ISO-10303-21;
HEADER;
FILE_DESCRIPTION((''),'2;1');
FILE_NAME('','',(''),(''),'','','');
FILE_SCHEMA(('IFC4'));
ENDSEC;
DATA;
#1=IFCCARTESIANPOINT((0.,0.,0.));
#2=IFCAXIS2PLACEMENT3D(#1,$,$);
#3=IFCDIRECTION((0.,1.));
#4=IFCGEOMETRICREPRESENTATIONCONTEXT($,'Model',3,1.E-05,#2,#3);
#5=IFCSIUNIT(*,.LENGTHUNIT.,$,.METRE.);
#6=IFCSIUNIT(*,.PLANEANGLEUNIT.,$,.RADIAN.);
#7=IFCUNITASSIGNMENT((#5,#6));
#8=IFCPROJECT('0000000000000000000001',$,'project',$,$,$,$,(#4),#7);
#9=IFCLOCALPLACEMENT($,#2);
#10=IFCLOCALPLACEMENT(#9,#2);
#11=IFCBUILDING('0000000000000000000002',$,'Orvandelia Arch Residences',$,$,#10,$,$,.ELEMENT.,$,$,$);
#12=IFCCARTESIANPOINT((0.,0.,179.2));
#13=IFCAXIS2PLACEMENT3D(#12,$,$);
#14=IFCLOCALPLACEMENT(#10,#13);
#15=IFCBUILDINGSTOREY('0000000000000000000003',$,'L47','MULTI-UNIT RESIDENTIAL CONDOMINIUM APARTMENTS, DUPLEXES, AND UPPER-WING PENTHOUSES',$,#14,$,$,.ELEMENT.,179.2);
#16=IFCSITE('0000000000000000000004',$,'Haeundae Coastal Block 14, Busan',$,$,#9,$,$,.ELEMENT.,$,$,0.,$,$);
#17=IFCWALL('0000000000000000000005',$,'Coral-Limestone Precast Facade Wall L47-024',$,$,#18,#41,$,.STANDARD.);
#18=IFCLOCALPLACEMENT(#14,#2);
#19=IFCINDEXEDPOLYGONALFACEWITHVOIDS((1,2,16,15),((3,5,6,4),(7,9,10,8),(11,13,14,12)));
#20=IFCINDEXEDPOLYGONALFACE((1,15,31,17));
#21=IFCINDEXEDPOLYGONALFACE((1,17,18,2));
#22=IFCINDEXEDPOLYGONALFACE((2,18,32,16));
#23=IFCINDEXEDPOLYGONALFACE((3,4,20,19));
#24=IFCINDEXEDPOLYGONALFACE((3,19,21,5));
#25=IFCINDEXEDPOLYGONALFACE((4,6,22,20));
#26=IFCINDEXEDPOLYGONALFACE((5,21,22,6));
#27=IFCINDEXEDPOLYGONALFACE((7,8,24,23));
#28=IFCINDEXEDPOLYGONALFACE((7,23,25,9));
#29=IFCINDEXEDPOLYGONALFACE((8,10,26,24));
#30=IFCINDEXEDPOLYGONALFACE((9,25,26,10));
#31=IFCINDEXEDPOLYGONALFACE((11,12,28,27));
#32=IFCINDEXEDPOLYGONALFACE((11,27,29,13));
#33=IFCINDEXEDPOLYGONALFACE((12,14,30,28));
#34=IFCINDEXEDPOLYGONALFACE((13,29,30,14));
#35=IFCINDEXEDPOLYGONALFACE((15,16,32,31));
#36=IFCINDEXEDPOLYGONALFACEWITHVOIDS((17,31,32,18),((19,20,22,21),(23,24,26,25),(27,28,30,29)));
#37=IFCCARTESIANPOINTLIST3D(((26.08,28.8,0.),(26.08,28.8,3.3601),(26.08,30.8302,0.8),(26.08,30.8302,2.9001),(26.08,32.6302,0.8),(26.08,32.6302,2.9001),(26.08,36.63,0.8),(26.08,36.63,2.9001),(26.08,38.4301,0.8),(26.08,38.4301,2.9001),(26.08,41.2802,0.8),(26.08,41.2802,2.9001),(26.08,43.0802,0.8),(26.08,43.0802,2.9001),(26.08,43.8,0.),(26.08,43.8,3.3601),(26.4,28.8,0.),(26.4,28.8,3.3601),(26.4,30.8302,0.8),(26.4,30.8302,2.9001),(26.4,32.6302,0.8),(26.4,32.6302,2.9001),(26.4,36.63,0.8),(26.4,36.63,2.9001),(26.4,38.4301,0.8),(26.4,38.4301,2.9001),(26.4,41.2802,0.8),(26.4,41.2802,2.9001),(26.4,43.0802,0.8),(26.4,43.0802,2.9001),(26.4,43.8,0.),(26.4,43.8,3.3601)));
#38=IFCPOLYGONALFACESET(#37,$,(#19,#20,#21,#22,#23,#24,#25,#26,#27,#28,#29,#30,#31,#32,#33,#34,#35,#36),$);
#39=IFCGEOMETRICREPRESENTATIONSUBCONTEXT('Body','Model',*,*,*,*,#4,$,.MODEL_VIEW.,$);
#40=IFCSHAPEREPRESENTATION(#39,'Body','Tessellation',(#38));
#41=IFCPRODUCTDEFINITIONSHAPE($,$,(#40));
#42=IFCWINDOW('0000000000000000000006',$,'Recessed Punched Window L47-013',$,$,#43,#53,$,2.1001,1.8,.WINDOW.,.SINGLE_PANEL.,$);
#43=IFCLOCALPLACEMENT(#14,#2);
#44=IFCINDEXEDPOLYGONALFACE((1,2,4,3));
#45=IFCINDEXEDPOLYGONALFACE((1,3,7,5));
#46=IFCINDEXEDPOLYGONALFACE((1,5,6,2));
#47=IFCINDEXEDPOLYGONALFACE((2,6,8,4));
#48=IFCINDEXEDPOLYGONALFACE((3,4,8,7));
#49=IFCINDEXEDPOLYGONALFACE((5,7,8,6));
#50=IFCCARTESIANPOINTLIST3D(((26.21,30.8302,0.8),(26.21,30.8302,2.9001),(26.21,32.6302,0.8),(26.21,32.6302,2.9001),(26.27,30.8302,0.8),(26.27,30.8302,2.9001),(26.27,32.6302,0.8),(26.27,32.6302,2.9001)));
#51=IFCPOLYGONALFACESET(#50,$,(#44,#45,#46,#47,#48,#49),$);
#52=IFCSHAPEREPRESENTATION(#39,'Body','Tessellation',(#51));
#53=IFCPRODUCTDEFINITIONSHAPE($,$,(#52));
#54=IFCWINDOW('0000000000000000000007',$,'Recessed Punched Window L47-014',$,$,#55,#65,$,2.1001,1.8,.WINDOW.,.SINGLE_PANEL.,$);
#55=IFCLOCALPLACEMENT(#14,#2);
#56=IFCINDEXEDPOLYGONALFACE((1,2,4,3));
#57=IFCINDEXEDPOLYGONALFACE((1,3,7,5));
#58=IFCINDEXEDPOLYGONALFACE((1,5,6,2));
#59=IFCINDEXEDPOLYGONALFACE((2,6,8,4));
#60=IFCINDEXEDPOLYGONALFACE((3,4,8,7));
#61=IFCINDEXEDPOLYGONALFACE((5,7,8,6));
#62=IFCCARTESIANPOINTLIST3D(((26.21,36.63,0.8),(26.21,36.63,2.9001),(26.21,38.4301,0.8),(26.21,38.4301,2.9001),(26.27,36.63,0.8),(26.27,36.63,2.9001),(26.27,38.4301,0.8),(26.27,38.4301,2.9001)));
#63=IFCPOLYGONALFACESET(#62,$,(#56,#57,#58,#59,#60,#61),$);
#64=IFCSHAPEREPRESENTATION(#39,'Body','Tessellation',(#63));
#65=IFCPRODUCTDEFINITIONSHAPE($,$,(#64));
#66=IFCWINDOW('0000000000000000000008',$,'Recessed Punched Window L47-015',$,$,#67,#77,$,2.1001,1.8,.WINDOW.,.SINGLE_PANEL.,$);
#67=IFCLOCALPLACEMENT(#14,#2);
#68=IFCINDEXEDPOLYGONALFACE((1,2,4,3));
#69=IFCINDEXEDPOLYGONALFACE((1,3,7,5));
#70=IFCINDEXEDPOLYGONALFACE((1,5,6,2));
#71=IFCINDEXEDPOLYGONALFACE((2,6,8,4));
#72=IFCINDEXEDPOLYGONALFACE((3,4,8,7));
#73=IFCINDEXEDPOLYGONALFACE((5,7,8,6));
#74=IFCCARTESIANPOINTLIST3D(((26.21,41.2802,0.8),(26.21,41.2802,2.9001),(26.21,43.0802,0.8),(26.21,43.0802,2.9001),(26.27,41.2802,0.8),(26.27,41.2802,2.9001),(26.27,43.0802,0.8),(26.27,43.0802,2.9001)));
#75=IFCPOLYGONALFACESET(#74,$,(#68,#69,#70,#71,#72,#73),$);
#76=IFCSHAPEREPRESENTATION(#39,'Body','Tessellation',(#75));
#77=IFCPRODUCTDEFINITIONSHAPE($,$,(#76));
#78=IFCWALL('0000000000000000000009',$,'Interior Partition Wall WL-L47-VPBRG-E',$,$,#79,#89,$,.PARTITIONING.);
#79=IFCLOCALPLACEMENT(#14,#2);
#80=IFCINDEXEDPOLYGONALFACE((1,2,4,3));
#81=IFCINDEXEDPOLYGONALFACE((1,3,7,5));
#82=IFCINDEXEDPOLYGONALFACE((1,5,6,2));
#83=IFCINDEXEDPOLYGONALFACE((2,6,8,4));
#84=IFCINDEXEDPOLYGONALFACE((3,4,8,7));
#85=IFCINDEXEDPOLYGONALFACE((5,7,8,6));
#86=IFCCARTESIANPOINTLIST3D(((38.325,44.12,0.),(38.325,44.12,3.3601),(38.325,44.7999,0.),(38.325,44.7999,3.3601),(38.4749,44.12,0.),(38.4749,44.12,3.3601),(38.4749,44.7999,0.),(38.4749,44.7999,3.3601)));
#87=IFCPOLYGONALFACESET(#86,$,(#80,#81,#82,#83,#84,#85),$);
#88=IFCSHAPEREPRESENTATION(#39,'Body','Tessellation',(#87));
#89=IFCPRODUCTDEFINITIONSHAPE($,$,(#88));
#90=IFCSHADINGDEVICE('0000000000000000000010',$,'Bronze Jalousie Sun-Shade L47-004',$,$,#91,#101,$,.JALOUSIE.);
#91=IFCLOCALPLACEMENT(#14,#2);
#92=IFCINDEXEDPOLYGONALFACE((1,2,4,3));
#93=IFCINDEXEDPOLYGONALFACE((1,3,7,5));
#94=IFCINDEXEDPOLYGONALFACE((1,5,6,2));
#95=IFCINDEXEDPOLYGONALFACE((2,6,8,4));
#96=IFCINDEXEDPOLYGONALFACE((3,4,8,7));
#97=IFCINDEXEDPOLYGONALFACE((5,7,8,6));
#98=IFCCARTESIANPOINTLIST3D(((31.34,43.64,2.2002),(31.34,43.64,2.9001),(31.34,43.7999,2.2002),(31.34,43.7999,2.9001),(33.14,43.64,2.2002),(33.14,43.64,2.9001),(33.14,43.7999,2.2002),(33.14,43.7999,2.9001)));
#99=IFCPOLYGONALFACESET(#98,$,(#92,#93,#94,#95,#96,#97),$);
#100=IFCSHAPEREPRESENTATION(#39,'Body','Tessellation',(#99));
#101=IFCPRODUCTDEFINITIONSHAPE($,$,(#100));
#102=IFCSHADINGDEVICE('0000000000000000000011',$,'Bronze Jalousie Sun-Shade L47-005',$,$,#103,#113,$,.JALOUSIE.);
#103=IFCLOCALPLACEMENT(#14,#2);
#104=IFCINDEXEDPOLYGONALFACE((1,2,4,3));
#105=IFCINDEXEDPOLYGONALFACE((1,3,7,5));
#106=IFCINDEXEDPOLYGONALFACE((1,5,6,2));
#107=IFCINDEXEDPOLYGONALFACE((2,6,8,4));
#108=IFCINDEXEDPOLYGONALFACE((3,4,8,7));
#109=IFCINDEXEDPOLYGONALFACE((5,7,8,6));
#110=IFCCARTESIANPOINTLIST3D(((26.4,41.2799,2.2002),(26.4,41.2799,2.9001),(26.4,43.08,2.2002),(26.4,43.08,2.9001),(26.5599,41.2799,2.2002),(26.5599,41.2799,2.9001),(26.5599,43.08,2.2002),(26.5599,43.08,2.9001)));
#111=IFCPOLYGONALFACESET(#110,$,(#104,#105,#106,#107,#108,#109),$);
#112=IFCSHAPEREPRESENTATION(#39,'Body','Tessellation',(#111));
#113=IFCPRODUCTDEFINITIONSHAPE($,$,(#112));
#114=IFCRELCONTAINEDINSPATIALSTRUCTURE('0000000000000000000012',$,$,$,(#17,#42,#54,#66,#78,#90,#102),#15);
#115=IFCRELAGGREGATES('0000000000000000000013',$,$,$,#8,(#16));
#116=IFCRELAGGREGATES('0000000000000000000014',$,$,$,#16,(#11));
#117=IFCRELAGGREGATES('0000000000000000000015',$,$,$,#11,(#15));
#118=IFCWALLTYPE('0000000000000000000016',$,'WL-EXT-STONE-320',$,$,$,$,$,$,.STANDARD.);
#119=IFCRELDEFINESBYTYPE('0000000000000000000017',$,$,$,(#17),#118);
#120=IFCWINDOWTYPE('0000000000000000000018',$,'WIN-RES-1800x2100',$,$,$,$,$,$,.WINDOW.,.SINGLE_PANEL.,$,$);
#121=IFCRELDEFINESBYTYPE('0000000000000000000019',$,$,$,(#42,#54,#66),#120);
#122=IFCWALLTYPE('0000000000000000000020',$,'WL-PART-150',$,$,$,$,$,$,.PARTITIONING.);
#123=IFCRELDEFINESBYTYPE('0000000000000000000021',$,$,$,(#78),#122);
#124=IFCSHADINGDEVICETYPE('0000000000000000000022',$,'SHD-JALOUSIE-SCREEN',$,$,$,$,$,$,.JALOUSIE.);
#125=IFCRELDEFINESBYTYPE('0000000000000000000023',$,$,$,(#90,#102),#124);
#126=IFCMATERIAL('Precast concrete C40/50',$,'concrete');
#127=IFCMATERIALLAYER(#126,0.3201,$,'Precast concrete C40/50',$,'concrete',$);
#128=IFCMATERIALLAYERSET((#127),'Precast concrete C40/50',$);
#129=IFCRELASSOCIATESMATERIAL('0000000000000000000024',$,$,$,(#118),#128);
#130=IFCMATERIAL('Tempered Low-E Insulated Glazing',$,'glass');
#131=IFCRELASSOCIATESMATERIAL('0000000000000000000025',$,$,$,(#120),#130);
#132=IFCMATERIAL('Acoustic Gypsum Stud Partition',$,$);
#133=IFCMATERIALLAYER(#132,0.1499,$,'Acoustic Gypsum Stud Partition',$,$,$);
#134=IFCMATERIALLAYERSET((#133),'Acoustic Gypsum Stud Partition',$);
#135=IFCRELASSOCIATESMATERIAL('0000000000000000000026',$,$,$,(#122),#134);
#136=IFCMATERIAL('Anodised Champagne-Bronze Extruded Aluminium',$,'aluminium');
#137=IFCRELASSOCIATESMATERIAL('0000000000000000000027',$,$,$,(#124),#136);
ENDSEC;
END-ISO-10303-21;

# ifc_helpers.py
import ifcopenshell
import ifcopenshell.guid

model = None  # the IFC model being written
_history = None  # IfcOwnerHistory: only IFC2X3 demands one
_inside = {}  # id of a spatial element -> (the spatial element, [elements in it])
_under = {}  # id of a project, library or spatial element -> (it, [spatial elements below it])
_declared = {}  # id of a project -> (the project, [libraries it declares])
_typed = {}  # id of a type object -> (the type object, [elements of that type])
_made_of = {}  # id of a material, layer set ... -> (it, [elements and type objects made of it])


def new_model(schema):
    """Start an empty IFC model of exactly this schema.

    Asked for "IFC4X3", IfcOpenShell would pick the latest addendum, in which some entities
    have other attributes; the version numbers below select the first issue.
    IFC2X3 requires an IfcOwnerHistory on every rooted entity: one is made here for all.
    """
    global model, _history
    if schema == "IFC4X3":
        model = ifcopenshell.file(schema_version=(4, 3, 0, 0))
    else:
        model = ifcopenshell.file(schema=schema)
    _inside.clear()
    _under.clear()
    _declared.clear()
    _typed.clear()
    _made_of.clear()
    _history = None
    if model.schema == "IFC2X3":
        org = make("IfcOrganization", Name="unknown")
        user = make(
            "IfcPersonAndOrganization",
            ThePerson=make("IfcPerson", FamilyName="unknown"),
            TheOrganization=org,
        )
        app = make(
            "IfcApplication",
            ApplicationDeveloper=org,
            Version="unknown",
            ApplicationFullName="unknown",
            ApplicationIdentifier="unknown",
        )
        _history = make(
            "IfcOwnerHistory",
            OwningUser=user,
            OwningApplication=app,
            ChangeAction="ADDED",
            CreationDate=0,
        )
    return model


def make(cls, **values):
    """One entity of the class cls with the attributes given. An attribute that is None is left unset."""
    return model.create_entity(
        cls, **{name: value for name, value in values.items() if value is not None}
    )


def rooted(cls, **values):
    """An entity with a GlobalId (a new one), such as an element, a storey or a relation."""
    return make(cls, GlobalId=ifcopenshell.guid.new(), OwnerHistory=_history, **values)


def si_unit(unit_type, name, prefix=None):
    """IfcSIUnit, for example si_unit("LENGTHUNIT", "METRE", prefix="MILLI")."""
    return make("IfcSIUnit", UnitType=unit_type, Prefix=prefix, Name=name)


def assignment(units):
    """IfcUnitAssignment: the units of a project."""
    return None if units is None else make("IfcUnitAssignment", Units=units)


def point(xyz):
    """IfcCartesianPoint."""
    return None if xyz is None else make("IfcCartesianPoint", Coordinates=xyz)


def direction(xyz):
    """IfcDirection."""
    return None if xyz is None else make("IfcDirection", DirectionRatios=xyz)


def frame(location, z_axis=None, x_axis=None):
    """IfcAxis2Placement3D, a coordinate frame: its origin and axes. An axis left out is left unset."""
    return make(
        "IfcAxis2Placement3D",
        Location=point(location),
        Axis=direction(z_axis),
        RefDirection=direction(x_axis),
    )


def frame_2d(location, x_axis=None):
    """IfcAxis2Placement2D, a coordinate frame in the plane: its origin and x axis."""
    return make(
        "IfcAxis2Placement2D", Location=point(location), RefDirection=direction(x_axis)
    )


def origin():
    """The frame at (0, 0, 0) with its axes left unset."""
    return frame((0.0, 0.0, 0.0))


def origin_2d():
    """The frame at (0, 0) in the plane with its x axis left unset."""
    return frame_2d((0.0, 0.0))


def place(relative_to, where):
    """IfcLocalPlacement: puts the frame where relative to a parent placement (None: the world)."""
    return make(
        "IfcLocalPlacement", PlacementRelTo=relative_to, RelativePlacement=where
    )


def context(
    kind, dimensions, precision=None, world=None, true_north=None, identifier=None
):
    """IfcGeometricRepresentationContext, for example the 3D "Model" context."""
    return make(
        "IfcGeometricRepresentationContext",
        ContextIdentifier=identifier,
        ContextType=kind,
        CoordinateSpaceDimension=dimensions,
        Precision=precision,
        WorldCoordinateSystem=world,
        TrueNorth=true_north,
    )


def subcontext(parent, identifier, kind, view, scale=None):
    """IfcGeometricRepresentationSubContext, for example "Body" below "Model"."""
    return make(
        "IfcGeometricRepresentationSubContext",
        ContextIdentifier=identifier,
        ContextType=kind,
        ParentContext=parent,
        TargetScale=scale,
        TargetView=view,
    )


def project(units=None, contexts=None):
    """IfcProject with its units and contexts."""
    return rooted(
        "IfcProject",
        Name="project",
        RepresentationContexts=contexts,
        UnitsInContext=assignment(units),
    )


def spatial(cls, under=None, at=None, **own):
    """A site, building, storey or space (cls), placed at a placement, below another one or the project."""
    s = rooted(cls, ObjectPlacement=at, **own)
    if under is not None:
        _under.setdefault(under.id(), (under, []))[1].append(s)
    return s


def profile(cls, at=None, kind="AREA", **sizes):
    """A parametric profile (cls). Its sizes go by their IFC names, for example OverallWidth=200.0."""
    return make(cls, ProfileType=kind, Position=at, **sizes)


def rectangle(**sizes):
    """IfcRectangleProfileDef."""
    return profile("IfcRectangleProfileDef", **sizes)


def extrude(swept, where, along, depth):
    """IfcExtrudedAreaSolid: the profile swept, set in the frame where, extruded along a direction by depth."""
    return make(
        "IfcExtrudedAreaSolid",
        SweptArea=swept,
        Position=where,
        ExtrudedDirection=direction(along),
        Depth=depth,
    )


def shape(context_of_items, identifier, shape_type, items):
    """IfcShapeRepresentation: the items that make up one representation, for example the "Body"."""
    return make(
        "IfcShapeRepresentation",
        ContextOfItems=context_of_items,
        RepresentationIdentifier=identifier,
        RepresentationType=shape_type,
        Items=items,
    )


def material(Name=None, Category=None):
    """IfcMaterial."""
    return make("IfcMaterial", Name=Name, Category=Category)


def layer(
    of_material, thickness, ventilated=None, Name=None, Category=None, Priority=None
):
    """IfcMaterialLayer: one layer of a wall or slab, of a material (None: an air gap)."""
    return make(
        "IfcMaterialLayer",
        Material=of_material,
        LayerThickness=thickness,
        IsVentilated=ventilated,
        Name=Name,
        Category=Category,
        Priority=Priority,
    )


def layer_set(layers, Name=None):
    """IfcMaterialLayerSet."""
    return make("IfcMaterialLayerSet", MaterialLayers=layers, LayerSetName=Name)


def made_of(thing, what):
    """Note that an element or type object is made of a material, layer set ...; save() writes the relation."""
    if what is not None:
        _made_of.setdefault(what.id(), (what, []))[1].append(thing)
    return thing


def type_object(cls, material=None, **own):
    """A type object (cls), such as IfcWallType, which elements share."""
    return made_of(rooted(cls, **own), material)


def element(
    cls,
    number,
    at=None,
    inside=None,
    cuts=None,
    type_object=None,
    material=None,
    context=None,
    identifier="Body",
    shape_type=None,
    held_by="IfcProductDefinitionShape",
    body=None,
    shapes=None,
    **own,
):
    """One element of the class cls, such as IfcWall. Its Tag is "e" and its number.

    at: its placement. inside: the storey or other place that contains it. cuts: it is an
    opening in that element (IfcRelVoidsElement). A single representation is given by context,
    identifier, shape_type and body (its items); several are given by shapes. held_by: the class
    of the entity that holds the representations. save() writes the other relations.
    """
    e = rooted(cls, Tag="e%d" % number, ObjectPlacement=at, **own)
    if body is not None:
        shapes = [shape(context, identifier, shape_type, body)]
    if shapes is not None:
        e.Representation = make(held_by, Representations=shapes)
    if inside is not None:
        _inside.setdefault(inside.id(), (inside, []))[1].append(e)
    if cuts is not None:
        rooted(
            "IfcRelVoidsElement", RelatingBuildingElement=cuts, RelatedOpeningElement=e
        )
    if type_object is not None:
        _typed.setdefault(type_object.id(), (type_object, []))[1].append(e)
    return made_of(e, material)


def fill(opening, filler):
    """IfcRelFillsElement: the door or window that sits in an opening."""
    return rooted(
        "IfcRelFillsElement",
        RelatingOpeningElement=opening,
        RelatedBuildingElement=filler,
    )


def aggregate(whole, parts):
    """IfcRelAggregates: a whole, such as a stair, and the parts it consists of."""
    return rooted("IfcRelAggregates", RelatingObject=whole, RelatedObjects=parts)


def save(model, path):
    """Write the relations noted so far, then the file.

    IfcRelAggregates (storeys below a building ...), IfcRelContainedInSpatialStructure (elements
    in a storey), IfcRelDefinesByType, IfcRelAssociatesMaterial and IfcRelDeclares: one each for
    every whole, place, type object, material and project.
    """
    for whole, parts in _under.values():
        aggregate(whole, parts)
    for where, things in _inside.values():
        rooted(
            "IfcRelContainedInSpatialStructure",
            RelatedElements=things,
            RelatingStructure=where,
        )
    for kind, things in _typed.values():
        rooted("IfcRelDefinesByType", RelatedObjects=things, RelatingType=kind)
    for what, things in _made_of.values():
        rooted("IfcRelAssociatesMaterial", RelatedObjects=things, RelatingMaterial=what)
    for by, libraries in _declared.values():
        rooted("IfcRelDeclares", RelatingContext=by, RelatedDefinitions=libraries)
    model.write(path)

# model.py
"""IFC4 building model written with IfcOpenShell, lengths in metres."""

from ifc_helpers import new_model, si_unit, direction, frame, frame_2d, origin, origin_2d, place, context, subcontext, project, spatial, rectangle, extrude, material, layer, layer_set, type_object, element, fill, save


model = new_model("IFC4")

# Units and contexts
model_context = context("Model", 3, precision=1e-05, world=origin(), true_north=direction((0.0, 1.0)))
body_context = subcontext(model_context, "Body", "Model", "MODEL_VIEW")
ifc_project = project(units=[si_unit("LENGTHUNIT", "METRE"), si_unit("PLANEANGLEUNIT", "RADIAN")], contexts=[model_context])

# Site, building, storey
site_placement = place(None, origin())
site = spatial("IfcSite", under=ifc_project, at=site_placement, Name="Haeundae Coastal Block 14, Busan", CompositionType="ELEMENT", RefElevation=0.0)
building_placement = place(site_placement, origin())
building = spatial("IfcBuilding", under=site, at=building_placement, Name="Orvandelia Arch Residences", CompositionType="ELEMENT")
storey_placement = place(building_placement, frame((0.0, 0.0, 179.2)))
storey = spatial("IfcBuildingStorey", under=building, at=storey_placement, Name="L47", Description="MULTI-UNIT RESIDENTIAL CONDOMINIUM APARTMENTS, DUPLEXES, AND UPPER-WING PENTHOUSES", CompositionType="ELEMENT", Elevation=179.2)

# Shared definitions
ifc_material_1 = material(Name="Precast concrete C40/50", Category="concrete")
ifc_layer_1 = layer(ifc_material_1, 0.3201, Name="Precast concrete C40/50", Category="concrete")
ifc_layer_set_1 = layer_set([ifc_layer_1], Name="Precast concrete C40/50")
wall_type_1 = type_object("IfcWallType", Name="WL-EXT-STONE-320", PredefinedType="STANDARD", material=ifc_layer_set_1)
ifc_material_2 = material(Name="Tempered Low-E Insulated Glazing", Category="glass")
window_type = type_object("IfcWindowType", Name="WIN-RES-1800x2100", PartitioningType="SINGLE_PANEL", PredefinedType="WINDOW", material=ifc_material_2)

# Wall, openings, windows
wall_1_placement = place(storey_placement, frame((26.24, 43.8, 0.0), z_axis=(0.0, 0.0, 1.0), x_axis=(0.0, -1.0, 0.0)))
wall_1 = element("IfcWall", 1, at=wall_1_placement, inside=storey, type_object=wall_type_1, Name="Coral-Limestone Precast Facade Wall L47-024", PredefinedType="STANDARD", context=body_context, shape_type="SweptSolid", body=[
    extrude(rectangle(XDim=15.0, YDim=0.3201, at=frame_2d((7.5, 0.0))), origin(), (0.0, 0.0, 1.0), 3.3601),
])
opening_1_placement = place(wall_1_placement, frame((11.1699, 0.0, 0.8)))
opening_1 = element("IfcOpeningElement", 2, at=opening_1_placement, cuts=wall_1, PredefinedType="OPENING", context=body_context, shape_type="SweptSolid", body=[
    extrude(rectangle(XDim=1.8, YDim=2.1001, at=frame_2d((0.8999, 1.05))), frame((0.0, 0.1699, 0.0), z_axis=(0.0, -1.0, 0.0), x_axis=(1.0, 0.0, 0.0)), (0.0, 0.0, 1.0), 0.3401),
])
opening_2_placement = place(wall_1_placement, frame((5.3701, 0.0, 0.8)))
opening_2 = element("IfcOpeningElement", 3, at=opening_2_placement, cuts=wall_1, PredefinedType="OPENING", context=body_context, shape_type="SweptSolid", body=[
    extrude(rectangle(XDim=1.8, YDim=2.1001, at=frame_2d((0.8999, 1.05))), frame((0.0, 0.1699, 0.0), z_axis=(0.0, -1.0, 0.0), x_axis=(1.0, 0.0, 0.0)), (0.0, 0.0, 1.0), 0.3401),
])
opening_3_placement = place(wall_1_placement, frame((0.72, 0.0, 0.8)))
opening_3 = element("IfcOpeningElement", 4, at=opening_3_placement, cuts=wall_1, PredefinedType="OPENING", context=body_context, shape_type="SweptSolid", body=[
    extrude(rectangle(XDim=1.8, YDim=2.1001, at=frame_2d((0.8999, 1.05))), frame((0.0, 0.1699, 0.0), z_axis=(0.0, -1.0, 0.0), x_axis=(1.0, 0.0, 0.0)), (0.0, 0.0, 1.0), 0.3401),
])
window_1_placement = place(opening_1_placement, origin())
window_1 = element("IfcWindow", 5, at=window_1_placement, inside=storey, type_object=window_type, Name="Recessed Punched Window L47-013", OverallHeight=2.1001, OverallWidth=1.8, PartitioningType="SINGLE_PANEL", PredefinedType="WINDOW", context=body_context, shape_type="SweptSolid", body=[
    extrude(rectangle(XDim=1.8, YDim=2.1001, at=frame_2d((0.8999, 1.05))), frame((0.0, 0.03, 0.0), z_axis=(0.0, -1.0, 0.0), x_axis=(1.0, 0.0, 0.0)), (0.0, 0.0, 1.0), 0.0601),
])
fill(opening_1, window_1)
window_2_placement = place(opening_2_placement, origin())
window_2 = element("IfcWindow", 6, at=window_2_placement, inside=storey, type_object=window_type, Name="Recessed Punched Window L47-014", OverallHeight=2.1001, OverallWidth=1.8, PartitioningType="SINGLE_PANEL", PredefinedType="WINDOW", context=body_context, shape_type="SweptSolid", body=[
    extrude(rectangle(XDim=1.8, YDim=2.1001, at=frame_2d((0.8999, 1.05))), frame((0.0, 0.03, 0.0), z_axis=(0.0, -1.0, 0.0), x_axis=(1.0, 0.0, 0.0)), (0.0, 0.0, 1.0), 0.0601),
])
fill(opening_2, window_2)
window_3_placement = place(opening_3_placement, origin())
window_3 = element("IfcWindow", 7, at=window_3_placement, inside=storey, type_object=window_type, Name="Recessed Punched Window L47-015", OverallHeight=2.1001, OverallWidth=1.8, PartitioningType="SINGLE_PANEL", PredefinedType="WINDOW", context=body_context, shape_type="SweptSolid", body=[
    extrude(rectangle(XDim=1.8, YDim=2.1001, at=frame_2d((0.8999, 1.05))), frame((0.0, 0.03, 0.0), z_axis=(0.0, -1.0, 0.0), x_axis=(1.0, 0.0, 0.0)), (0.0, 0.0, 1.0), 0.0601),
])
fill(opening_3, window_3)

# Wall
ifc_material_3 = material(Name="Acoustic Gypsum Stud Partition")
ifc_layer_2 = layer(ifc_material_3, 0.1499, Name="Acoustic Gypsum Stud Partition")
ifc_layer_set_2 = layer_set([ifc_layer_2], Name="Acoustic Gypsum Stud Partition")
wall_type_2 = type_object("IfcWallType", Name="WL-PART-150", PredefinedType="PARTITIONING", material=ifc_layer_set_2)
wall_2_placement = place(storey_placement, frame((38.3999, 44.1201, 0.0), z_axis=(0.0, 0.0, 1.0), x_axis=(0.0, 1.0, 0.0)))
element("IfcWall", 8, at=wall_2_placement, inside=storey, type_object=wall_type_2, Name="Interior Partition Wall WL-L47-VPBRG-E", PredefinedType="PARTITIONING", context=body_context, shape_type="SweptSolid", body=[
    extrude(rectangle(XDim=0.6799, YDim=0.1499, at=frame_2d((0.3398, 0.0))), origin(), (0.0, 0.0, 1.0), 3.3601),
])

# Shading devices
ifc_material_4 = material(Name="Anodised Champagne-Bronze Extruded Aluminium", Category="aluminium")
shading_device_type = type_object("IfcShadingDeviceType", Name="SHD-JALOUSIE-SCREEN", PredefinedType="JALOUSIE", material=ifc_material_4)
for number, where, z_axis, x_axis, name in (
    (9, (32.24, 43.72, 2.2002), (0.0, 0.0, 1.0), (-1.0, 0.0, 0.0), "Bronze Jalousie Sun-Shade L47-004"),
    (10, (26.48, 42.1799, 2.2002), (0.0, 0.0, 1.0), (0.0, -1.0, 0.0), "Bronze Jalousie Sun-Shade L47-005"),
):
    element("IfcShadingDevice", number, at=place(storey_placement, frame(where, z_axis=z_axis, x_axis=x_axis)), inside=storey, type_object=shading_device_type, Name=name, PredefinedType="JALOUSIE", context=body_context, shape_type="SweptSolid", body=[
        extrude(rectangle(XDim=1.8, YDim=0.1599, at=origin_2d()), origin(), (0.0, 0.0, 1.0), 0.7),
    ])

save(model, "model.ifc")
